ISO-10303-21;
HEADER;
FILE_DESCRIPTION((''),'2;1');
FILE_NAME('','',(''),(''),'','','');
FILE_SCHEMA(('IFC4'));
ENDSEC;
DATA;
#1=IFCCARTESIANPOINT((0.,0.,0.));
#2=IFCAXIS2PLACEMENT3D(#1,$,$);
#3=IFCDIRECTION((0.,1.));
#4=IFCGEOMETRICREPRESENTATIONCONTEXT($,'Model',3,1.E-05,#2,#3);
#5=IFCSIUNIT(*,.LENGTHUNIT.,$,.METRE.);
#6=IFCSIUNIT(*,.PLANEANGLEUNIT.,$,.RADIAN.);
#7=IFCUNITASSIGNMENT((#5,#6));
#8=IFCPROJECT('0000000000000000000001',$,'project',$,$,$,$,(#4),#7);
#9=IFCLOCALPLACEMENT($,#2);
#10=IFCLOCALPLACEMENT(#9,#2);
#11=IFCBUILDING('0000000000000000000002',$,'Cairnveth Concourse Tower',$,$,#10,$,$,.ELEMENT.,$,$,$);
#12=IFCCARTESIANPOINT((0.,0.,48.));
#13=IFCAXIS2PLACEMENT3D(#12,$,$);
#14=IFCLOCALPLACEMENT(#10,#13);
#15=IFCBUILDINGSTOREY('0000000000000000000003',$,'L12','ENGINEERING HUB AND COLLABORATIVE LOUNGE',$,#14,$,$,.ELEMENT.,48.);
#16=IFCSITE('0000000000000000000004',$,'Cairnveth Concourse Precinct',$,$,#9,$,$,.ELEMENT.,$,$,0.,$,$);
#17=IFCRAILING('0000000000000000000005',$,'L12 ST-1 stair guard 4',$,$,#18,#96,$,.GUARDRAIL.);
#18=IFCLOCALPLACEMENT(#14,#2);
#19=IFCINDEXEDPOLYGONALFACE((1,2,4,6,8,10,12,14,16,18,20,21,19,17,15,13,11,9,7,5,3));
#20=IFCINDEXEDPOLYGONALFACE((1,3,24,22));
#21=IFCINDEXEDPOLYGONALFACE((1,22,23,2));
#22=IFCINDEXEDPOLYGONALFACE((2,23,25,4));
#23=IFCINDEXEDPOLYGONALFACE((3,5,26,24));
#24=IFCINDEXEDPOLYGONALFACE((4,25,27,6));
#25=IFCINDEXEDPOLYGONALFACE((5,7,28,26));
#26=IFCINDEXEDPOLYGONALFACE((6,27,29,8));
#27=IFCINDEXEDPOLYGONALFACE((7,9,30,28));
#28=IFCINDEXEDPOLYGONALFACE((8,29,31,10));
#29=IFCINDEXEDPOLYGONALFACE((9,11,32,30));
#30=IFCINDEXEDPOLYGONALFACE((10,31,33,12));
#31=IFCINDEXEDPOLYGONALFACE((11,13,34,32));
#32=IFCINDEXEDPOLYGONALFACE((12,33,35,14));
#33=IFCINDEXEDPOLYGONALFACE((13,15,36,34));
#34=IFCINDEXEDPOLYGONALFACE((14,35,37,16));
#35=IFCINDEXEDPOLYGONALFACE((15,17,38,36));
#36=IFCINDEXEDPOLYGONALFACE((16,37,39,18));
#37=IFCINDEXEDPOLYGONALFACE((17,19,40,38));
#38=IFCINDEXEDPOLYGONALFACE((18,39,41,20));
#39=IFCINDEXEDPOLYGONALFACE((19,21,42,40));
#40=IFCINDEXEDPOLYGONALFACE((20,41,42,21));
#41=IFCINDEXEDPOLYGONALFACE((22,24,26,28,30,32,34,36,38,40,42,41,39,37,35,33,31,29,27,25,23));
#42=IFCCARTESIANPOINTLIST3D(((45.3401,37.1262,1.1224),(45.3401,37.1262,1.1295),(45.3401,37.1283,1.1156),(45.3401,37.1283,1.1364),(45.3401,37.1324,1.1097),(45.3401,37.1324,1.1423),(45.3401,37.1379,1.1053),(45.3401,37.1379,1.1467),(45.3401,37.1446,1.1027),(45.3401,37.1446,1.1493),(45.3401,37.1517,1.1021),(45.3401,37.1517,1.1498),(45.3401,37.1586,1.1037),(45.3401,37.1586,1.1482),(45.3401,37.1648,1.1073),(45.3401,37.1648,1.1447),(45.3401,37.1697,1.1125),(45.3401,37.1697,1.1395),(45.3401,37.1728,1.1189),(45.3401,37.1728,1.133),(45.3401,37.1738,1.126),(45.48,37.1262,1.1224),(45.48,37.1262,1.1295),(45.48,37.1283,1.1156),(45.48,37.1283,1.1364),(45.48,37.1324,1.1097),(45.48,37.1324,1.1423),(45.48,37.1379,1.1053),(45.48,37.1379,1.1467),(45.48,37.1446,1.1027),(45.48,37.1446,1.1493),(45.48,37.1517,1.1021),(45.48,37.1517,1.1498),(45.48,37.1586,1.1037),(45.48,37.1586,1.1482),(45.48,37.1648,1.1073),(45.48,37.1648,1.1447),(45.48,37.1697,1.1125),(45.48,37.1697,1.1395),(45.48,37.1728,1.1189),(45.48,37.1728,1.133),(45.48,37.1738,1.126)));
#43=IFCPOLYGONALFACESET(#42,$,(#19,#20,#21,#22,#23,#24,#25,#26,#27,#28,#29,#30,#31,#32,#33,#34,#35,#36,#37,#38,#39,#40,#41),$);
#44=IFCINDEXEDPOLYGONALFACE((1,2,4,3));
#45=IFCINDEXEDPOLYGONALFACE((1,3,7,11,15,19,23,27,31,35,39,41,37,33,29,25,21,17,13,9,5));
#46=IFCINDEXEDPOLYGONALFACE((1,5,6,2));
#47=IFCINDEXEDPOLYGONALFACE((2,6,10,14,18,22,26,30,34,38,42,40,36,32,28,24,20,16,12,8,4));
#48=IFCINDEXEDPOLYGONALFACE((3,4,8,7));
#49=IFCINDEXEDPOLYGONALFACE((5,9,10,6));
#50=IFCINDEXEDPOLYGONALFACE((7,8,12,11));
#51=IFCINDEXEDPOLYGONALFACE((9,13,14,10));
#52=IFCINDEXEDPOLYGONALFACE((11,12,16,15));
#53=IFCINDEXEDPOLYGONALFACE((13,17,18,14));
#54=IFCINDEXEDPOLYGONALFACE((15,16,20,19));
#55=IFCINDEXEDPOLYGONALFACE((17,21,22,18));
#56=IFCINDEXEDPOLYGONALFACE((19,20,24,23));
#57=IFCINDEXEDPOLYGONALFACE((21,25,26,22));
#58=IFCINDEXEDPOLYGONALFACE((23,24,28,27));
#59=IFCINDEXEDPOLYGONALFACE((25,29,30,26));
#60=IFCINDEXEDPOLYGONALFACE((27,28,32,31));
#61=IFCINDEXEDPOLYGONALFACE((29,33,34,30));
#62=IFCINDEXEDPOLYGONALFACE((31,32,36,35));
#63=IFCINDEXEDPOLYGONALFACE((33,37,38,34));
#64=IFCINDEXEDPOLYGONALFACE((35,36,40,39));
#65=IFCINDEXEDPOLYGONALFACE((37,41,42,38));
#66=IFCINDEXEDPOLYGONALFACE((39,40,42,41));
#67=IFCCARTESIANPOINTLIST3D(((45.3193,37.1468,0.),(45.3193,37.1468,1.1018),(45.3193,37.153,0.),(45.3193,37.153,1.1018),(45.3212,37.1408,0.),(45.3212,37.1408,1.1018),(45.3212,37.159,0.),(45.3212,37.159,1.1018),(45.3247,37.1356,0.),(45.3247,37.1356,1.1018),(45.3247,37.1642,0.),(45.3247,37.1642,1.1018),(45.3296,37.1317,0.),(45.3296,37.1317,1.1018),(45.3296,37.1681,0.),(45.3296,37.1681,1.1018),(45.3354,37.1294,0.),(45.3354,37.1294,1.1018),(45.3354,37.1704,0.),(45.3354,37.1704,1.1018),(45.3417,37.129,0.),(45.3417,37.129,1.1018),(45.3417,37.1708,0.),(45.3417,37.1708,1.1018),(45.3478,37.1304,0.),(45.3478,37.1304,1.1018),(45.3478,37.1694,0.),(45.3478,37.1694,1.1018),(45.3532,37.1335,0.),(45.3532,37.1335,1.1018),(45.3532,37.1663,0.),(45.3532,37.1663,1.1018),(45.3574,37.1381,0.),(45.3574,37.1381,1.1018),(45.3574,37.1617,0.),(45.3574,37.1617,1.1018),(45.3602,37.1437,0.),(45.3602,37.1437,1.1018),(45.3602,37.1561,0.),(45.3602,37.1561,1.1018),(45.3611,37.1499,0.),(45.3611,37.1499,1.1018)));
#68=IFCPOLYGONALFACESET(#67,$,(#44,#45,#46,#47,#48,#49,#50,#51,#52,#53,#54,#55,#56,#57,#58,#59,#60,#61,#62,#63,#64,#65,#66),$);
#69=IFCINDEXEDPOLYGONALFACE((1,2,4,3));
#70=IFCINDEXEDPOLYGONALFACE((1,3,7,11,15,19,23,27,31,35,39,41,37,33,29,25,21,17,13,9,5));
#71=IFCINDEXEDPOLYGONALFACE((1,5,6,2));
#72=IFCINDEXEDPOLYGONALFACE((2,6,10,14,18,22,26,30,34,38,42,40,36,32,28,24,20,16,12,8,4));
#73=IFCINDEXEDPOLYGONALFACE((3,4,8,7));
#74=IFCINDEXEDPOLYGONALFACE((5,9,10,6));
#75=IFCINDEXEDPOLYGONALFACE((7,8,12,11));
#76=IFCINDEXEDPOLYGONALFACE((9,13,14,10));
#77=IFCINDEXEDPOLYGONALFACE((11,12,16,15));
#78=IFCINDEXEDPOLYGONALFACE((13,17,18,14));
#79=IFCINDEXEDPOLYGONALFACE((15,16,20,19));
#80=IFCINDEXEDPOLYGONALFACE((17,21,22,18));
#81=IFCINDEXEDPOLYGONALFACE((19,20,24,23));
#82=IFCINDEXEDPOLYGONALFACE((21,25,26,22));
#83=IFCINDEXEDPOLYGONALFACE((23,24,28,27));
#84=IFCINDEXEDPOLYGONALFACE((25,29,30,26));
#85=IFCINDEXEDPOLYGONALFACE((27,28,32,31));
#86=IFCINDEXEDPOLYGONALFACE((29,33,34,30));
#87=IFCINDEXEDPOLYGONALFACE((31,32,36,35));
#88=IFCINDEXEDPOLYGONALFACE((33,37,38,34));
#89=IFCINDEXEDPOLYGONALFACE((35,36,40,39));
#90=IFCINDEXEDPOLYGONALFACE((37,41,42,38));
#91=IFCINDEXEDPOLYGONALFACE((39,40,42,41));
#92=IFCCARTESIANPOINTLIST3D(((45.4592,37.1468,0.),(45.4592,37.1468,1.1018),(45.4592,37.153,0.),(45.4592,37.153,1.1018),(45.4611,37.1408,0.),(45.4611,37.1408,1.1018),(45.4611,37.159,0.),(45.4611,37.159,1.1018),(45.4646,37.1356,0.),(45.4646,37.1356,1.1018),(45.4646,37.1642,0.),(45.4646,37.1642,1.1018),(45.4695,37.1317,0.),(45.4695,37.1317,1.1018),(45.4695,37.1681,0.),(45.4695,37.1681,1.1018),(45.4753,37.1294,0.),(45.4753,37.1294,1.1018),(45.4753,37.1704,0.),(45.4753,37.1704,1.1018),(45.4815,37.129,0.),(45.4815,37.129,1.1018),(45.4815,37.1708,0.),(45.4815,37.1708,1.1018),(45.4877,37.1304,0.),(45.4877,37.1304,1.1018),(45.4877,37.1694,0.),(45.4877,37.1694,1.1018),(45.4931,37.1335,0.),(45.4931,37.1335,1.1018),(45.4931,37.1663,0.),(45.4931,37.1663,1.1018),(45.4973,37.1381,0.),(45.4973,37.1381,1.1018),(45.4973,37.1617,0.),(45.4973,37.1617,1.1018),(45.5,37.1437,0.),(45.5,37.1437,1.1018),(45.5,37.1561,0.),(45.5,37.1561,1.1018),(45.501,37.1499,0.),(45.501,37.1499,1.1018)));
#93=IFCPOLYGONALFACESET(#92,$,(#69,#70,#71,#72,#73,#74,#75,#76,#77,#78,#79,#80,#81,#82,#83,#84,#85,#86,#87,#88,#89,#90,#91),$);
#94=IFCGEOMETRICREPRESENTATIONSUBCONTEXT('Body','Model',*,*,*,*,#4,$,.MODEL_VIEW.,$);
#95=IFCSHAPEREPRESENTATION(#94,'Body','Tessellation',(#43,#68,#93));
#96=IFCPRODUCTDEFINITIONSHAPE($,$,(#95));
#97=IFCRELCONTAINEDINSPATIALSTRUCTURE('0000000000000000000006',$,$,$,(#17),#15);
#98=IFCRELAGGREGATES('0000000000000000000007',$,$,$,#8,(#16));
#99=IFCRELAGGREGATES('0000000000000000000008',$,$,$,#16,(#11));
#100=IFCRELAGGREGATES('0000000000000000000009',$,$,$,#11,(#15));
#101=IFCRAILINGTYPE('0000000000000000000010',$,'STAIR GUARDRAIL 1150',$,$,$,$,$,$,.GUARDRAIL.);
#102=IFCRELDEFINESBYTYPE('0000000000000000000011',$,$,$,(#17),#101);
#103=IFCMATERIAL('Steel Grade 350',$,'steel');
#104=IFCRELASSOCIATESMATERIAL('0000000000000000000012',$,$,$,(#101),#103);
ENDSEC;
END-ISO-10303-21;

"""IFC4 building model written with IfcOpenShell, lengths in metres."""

from ifc_helpers import new_model, si_unit, direction, frame, origin, origin_2d, place, context, subcontext, project, spatial, circle, extrude, material, type_object, element, save


model = new_model("IFC4")

# Units and contexts
model_context = context("Model", 3, precision=1e-05, world=origin(), true_north=direction((0.0, 1.0)))
body_context = subcontext(model_context, "Body", "Model", "MODEL_VIEW")
ifc_project = project(units=[si_unit("LENGTHUNIT", "METRE"), si_unit("PLANEANGLEUNIT", "RADIAN")], contexts=[model_context])

# Site, building, storey
site_placement = place(None, origin())
site = spatial("IfcSite", under=ifc_project, at=site_placement, Name="Cairnveth Concourse Precinct", CompositionType="ELEMENT", RefElevation=0.0)
building_placement = place(site_placement, origin())
building = spatial("IfcBuilding", under=site, at=building_placement, Name="Cairnveth Concourse Tower", CompositionType="ELEMENT")
storey_placement = place(building_placement, frame((0.0, 0.0, 48.0)))
storey = spatial("IfcBuildingStorey", under=building, at=storey_placement, Name="L12", Description="ENGINEERING HUB AND COLLABORATIVE LOUNGE", CompositionType="ELEMENT", Elevation=48.0)

# Shared definitions
ifc_material_1 = material(Name="Steel Grade 350", Category="steel")

# Railing
railing_type = type_object("IfcRailingType", Name="STAIR GUARDRAIL 1150", PredefinedType="GUARDRAIL", material=ifc_material_1)
railing_1_placement = place(storey_placement, frame((45.3401, 37.1499, 0.0)))
element("IfcRailing", 1, at=railing_1_placement, inside=storey, type_object=railing_type, Name="L12 ST-1 stair guard 4", PredefinedType="GUARDRAIL", context=body_context, shape_type="SweptSolid", body=[
    extrude(circle(Radius=0.0239, at=origin_2d()), frame((0.0, 0.0, 1.126), z_axis=(1.0, 0.0, 0.0), x_axis=(0.0, 1.0, 0.0)), (0.0, 0.0, 1.0), 0.1399),
    extrude(circle(Radius=0.021, at=origin_2d()), origin(), (0.0, 0.0, 1.0), 1.1018),
    extrude(circle(Radius=0.021, at=origin_2d()), frame((0.1399, 0.0, 0.0)), (0.0, 0.0, 1.0), 1.1018),
])

save(model, "model.ifc")
